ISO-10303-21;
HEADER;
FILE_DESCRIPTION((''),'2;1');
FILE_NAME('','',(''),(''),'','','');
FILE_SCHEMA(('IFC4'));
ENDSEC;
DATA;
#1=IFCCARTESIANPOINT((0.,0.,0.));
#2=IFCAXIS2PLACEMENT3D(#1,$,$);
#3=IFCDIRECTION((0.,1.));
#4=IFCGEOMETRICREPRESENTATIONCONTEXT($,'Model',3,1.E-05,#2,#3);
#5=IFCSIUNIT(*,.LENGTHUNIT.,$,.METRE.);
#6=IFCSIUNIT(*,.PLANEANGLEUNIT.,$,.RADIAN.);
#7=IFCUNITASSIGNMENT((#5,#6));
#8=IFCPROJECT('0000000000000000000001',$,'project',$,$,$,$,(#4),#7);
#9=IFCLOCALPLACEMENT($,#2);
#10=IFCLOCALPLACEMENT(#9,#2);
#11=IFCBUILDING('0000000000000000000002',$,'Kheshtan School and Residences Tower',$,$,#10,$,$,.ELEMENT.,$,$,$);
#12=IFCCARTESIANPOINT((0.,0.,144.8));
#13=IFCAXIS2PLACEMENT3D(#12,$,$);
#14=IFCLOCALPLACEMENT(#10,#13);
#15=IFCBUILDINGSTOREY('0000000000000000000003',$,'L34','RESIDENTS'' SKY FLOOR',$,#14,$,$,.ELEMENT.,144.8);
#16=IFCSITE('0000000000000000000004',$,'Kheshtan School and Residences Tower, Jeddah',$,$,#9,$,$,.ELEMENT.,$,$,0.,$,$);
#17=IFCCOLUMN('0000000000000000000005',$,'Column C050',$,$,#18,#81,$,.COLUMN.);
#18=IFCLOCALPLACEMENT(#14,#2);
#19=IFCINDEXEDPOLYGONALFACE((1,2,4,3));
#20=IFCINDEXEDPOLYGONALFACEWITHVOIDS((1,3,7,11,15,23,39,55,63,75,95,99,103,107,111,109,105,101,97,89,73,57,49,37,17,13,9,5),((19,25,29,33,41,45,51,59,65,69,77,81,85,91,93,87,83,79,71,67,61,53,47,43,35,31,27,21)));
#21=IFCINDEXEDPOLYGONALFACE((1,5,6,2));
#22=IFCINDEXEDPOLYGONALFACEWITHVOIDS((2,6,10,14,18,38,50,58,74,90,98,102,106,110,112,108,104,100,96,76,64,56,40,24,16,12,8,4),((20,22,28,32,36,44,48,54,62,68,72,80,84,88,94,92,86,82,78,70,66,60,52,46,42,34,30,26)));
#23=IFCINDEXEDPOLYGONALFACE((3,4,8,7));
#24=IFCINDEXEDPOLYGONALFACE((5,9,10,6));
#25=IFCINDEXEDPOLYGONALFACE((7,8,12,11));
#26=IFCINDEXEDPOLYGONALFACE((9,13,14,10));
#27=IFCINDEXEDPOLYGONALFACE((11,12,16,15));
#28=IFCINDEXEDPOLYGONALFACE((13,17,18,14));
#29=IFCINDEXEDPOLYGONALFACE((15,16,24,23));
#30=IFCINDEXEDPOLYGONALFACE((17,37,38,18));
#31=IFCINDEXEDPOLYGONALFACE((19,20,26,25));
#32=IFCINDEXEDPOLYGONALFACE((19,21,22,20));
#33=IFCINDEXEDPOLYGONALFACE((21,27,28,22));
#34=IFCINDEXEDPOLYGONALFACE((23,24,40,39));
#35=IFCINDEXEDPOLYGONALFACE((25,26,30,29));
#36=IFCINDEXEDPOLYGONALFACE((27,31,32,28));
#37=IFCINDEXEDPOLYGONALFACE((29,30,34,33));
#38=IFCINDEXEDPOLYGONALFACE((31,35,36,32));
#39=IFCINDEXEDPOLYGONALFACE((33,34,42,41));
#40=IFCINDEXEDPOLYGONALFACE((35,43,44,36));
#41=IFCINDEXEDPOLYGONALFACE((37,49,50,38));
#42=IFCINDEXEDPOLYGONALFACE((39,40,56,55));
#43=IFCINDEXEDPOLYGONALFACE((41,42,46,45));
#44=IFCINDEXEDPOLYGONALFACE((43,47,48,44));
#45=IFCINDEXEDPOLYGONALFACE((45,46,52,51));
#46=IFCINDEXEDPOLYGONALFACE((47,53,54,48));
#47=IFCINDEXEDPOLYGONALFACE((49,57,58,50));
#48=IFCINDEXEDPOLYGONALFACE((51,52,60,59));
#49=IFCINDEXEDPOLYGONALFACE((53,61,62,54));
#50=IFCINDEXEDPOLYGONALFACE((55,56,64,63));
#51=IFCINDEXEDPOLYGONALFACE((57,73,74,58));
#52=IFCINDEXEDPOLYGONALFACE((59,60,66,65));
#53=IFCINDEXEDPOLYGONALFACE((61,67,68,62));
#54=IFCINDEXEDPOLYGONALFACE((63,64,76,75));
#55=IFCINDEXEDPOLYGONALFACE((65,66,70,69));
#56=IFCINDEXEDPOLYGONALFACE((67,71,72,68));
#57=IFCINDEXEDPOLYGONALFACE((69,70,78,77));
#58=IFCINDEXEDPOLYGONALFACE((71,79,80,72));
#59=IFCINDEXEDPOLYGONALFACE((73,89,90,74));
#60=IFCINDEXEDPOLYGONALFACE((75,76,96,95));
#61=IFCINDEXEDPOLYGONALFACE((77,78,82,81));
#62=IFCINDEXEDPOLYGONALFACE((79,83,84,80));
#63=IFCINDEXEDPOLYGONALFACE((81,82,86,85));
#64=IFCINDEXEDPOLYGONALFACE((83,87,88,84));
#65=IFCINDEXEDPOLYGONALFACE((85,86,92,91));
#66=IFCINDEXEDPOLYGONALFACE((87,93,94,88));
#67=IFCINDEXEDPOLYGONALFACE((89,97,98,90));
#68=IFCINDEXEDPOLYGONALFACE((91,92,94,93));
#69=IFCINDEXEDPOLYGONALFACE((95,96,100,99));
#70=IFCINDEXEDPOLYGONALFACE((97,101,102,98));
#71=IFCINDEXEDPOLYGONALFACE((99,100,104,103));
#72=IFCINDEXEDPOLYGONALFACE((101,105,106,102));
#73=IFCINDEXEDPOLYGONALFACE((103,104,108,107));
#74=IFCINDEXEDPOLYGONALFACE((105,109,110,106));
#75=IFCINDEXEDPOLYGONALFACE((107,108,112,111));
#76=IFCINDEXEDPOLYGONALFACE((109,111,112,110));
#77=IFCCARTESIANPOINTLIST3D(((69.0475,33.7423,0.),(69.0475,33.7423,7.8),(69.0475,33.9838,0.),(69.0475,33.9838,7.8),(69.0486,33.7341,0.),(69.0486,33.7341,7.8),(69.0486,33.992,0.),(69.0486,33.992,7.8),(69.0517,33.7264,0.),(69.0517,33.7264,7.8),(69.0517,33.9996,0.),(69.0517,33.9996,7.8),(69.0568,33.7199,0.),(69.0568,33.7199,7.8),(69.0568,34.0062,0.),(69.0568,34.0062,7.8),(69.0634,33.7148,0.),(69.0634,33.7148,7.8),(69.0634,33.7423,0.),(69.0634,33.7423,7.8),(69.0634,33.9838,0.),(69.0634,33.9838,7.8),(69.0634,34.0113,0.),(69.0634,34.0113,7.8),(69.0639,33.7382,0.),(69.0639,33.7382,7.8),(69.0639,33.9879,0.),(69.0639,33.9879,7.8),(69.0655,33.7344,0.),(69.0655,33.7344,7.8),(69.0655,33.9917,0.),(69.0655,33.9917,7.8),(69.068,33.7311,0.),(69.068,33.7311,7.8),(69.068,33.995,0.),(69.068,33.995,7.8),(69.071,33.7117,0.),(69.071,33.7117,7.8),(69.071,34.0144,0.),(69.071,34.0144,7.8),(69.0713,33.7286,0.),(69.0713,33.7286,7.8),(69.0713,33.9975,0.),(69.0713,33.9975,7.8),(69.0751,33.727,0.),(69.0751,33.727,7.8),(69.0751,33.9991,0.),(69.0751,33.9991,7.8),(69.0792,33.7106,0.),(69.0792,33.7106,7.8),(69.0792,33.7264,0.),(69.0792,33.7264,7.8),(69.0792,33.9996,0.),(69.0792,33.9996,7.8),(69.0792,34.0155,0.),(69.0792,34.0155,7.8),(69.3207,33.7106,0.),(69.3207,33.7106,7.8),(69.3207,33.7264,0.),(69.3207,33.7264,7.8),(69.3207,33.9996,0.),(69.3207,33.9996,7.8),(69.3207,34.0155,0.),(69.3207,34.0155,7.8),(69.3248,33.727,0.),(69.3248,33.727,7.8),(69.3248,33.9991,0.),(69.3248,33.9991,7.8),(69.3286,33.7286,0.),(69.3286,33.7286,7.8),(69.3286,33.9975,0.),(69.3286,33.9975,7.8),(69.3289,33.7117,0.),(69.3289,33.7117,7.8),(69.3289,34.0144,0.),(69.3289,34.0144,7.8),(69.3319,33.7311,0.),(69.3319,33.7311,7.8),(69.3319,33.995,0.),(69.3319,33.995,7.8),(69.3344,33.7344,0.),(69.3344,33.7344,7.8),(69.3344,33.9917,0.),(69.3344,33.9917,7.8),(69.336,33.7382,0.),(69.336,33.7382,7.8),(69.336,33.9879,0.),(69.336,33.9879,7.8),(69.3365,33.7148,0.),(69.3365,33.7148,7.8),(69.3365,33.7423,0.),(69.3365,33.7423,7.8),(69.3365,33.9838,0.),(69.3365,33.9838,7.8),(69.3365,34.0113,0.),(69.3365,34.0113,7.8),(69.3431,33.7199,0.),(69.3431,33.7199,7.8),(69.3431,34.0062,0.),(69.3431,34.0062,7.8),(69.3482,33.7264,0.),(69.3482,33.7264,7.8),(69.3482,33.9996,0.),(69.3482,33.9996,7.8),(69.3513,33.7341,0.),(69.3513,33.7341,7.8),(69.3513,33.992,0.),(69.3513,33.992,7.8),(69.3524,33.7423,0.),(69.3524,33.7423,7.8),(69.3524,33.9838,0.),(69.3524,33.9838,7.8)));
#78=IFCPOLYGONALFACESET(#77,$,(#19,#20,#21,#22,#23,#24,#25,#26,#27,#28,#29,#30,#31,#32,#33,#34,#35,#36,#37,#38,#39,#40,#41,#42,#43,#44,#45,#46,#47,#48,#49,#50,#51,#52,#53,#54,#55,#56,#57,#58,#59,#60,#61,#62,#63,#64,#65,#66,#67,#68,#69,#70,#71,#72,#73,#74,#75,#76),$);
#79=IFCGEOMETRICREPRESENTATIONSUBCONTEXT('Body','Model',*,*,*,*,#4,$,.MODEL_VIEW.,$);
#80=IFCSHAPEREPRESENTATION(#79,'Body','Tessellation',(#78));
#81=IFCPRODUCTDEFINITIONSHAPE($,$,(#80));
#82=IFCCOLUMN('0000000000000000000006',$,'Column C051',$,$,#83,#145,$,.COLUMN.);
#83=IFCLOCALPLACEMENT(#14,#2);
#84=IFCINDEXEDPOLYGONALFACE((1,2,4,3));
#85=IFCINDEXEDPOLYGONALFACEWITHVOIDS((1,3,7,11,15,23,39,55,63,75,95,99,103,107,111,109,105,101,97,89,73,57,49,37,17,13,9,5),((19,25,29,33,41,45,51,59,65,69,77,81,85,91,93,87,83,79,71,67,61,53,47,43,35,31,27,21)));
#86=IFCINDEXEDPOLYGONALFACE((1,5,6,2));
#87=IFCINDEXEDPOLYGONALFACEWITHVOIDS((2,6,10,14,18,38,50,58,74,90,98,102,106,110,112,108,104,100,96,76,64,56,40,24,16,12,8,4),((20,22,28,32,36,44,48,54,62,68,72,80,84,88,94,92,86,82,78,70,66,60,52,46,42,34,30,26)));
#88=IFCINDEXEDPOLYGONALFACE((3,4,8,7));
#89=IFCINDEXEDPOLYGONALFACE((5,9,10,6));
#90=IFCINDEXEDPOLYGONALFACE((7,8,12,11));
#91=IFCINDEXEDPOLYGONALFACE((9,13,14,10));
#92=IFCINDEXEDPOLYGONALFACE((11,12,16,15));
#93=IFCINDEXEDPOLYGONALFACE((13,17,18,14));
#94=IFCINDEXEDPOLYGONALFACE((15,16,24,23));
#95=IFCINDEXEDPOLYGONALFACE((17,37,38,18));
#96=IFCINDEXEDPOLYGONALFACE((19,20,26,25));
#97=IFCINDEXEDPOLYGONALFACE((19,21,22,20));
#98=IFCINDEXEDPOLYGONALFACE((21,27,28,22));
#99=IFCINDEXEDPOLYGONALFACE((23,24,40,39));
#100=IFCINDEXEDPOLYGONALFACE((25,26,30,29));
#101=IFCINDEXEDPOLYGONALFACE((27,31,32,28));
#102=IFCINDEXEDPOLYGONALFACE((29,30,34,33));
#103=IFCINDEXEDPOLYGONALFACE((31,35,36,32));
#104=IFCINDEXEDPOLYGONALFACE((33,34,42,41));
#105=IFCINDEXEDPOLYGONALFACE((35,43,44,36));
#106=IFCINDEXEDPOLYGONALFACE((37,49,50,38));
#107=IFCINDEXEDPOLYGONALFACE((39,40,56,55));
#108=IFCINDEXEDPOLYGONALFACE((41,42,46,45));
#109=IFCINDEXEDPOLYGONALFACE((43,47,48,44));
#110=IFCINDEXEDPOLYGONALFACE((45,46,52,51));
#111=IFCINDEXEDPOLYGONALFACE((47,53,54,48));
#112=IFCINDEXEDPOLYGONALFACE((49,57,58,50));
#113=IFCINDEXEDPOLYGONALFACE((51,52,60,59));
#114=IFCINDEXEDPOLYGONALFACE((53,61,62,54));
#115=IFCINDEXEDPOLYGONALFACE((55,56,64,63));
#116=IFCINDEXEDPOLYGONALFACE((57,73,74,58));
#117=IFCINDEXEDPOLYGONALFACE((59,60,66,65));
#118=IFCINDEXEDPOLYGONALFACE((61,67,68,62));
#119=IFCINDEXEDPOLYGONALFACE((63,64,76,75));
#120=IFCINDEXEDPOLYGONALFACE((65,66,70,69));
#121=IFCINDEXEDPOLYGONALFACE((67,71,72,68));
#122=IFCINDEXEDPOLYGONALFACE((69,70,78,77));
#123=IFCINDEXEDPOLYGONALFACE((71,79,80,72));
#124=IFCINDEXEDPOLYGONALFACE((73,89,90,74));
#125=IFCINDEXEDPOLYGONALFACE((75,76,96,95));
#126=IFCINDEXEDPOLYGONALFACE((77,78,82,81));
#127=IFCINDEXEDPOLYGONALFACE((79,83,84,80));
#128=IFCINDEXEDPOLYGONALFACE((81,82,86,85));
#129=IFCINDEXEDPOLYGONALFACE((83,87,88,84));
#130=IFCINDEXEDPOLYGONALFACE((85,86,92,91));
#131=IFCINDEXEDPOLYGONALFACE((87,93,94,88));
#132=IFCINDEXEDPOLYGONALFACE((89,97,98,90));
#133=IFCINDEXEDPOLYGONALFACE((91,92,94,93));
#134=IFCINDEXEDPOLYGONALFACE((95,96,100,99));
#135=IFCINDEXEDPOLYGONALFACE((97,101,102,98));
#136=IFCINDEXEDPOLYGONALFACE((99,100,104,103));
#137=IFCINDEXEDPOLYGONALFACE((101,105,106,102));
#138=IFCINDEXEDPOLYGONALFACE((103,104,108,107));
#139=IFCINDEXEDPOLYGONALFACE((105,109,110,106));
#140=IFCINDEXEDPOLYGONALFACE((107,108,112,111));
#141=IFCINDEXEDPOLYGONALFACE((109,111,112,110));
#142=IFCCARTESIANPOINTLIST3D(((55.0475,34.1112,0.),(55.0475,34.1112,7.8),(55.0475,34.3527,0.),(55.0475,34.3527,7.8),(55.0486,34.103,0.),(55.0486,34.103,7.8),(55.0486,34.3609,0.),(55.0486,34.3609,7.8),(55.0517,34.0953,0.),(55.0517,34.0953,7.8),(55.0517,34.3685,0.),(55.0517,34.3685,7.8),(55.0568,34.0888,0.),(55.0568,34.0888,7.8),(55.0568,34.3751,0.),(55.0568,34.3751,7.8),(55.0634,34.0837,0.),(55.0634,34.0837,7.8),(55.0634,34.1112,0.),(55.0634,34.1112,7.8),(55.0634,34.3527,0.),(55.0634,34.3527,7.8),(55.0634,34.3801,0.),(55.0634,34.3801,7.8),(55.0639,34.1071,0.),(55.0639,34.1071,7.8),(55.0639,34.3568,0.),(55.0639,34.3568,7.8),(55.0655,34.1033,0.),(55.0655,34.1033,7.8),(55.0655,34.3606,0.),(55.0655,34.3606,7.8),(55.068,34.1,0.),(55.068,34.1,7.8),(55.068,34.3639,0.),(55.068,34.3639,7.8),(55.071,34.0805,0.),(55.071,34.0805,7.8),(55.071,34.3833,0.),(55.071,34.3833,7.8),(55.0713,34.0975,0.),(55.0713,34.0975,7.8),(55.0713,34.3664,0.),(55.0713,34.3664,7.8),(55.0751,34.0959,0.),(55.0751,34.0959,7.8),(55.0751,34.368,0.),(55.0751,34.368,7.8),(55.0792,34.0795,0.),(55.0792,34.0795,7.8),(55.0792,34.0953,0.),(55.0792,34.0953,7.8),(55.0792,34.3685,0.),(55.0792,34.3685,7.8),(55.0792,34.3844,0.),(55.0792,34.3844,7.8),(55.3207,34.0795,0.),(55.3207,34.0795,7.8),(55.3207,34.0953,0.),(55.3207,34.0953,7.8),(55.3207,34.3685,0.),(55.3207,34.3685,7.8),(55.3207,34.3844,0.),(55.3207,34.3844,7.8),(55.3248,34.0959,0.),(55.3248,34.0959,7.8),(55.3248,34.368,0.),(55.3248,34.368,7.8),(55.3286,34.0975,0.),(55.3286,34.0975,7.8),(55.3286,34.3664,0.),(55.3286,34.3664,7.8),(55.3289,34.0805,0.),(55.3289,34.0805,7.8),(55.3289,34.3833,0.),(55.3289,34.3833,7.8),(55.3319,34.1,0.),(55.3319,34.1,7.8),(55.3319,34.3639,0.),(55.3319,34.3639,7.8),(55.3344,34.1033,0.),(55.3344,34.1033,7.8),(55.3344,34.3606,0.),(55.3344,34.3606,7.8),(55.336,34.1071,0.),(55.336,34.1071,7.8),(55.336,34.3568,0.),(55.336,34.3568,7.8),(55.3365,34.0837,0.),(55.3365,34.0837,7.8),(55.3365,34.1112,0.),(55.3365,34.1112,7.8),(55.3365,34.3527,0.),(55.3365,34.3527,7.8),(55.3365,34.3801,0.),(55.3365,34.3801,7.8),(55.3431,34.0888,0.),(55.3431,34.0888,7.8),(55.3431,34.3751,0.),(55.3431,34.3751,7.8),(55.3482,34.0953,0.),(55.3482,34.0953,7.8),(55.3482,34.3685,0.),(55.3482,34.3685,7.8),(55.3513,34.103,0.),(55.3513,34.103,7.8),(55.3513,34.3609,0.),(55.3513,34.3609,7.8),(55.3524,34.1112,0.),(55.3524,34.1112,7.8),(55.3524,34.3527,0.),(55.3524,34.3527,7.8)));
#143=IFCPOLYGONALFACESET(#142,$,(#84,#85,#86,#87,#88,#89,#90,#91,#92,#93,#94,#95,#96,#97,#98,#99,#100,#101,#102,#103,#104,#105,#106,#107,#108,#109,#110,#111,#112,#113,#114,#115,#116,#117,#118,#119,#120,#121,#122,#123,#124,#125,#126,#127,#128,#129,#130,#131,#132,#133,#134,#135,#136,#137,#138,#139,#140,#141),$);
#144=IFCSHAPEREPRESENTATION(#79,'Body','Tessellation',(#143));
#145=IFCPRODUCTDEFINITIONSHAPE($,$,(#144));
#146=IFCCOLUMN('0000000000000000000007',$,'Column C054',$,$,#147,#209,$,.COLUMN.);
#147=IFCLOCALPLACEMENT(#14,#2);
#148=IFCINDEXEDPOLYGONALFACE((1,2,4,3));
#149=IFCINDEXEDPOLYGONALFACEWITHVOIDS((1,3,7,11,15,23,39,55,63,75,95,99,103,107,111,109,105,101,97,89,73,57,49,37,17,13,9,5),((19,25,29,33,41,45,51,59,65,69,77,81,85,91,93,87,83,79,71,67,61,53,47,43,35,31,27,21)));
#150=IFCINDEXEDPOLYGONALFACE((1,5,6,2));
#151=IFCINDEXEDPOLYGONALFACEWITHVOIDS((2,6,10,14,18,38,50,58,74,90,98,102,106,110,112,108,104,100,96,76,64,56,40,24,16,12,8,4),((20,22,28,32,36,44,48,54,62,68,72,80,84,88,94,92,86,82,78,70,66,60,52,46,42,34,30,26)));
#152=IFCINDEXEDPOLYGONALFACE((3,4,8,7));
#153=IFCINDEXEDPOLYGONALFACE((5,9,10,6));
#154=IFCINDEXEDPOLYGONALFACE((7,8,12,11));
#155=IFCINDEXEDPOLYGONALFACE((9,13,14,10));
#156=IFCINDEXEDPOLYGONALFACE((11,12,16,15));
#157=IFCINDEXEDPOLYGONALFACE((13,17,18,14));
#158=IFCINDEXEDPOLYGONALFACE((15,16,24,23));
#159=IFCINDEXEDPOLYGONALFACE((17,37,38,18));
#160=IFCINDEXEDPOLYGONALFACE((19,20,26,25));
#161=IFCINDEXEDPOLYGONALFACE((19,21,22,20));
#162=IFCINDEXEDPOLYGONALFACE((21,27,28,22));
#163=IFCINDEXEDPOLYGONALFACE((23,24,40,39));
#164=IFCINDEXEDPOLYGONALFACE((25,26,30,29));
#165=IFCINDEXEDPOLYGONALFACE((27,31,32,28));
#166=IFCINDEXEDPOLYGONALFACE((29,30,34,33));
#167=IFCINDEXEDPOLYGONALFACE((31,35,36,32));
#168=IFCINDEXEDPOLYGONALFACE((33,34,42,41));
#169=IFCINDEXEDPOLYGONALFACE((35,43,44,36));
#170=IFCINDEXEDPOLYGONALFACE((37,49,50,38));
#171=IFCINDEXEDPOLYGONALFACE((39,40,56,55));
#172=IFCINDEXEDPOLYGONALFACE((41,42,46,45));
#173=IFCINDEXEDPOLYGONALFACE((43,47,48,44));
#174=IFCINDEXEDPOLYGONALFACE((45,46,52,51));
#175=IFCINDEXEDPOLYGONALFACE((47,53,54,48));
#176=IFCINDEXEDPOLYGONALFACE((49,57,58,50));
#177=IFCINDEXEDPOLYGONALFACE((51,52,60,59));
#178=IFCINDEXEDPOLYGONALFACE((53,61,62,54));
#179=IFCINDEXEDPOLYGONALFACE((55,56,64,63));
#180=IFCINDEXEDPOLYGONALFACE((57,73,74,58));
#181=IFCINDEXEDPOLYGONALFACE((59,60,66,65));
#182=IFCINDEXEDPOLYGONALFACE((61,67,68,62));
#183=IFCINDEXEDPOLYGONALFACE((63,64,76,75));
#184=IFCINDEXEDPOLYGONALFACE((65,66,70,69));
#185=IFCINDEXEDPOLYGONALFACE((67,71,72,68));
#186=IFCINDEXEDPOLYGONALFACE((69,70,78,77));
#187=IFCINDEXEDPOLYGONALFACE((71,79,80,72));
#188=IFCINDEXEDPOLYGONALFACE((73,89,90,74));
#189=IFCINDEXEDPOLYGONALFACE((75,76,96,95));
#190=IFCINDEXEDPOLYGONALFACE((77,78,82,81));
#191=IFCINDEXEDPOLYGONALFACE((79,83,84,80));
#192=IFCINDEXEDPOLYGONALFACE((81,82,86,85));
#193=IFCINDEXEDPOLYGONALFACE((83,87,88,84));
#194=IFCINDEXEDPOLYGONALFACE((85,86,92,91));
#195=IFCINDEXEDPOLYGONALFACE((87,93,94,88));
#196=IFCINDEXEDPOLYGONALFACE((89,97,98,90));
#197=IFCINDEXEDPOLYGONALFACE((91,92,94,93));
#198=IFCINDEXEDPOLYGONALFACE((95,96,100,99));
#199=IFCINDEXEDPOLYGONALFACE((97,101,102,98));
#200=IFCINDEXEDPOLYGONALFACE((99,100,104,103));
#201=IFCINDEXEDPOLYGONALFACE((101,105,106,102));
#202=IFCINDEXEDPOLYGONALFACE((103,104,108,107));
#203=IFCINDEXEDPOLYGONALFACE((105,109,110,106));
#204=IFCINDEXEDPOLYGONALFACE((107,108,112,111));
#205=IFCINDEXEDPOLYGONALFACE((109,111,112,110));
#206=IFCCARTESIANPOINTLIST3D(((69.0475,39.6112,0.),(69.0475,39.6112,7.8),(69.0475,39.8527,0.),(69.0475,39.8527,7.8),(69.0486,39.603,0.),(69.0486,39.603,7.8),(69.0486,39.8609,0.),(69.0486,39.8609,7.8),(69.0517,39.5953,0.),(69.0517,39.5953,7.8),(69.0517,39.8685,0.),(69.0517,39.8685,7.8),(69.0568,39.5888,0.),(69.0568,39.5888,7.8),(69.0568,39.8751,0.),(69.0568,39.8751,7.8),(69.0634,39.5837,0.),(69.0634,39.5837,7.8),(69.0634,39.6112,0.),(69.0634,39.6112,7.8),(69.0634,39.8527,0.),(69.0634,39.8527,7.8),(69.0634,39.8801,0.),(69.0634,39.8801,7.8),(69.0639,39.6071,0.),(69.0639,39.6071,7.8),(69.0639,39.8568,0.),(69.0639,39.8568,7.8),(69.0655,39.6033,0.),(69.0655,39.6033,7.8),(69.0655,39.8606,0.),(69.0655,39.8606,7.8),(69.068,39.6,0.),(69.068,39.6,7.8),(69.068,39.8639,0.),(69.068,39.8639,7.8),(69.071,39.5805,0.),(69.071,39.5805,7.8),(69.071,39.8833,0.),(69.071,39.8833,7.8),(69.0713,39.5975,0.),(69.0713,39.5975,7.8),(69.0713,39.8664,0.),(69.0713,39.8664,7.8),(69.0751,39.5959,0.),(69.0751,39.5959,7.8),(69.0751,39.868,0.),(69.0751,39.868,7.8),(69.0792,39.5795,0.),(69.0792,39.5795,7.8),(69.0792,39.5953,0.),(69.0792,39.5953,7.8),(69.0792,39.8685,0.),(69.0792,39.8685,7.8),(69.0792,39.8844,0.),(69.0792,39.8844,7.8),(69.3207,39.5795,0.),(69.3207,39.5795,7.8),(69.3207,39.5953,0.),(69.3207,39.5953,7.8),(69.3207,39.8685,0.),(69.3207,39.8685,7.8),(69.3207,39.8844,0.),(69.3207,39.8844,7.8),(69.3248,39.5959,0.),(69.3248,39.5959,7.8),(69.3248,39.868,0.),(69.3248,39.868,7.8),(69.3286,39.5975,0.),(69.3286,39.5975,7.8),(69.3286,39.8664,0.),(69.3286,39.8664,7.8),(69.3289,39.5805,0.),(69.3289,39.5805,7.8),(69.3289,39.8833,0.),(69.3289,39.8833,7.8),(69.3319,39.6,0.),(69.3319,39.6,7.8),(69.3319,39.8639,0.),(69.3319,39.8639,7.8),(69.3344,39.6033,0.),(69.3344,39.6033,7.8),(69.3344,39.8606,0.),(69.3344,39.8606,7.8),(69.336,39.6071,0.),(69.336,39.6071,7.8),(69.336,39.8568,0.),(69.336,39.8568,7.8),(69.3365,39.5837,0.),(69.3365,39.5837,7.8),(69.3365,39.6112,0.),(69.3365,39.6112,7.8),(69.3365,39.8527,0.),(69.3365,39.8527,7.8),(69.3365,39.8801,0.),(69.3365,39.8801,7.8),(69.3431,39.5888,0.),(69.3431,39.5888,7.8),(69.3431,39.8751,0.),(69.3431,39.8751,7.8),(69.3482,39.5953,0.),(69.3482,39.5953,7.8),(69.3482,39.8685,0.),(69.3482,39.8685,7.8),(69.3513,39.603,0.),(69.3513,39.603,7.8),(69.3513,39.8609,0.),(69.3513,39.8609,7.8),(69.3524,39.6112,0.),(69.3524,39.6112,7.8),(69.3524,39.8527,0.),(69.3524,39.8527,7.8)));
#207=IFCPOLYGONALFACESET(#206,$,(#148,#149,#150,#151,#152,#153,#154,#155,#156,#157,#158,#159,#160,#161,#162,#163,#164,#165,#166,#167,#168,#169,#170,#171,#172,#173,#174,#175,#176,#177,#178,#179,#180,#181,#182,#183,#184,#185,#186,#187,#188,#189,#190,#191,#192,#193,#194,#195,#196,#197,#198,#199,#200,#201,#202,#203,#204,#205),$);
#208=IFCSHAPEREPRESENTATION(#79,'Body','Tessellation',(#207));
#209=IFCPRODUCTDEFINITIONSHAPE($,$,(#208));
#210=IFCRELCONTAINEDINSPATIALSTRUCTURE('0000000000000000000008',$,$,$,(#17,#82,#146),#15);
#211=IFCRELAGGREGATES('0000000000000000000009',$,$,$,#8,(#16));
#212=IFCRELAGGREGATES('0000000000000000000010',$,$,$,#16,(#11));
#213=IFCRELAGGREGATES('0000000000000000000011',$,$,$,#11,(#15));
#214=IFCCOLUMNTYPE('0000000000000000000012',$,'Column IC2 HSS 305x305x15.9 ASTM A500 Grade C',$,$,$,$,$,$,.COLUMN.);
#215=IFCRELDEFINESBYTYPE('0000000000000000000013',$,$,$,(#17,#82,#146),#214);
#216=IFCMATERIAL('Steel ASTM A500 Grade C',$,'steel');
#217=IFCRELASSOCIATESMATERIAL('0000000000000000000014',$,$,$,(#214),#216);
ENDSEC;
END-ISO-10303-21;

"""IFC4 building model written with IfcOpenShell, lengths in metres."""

from ifc_helpers import new_model, si_unit, direction, frame, origin, origin_2d, place, context, subcontext, project, spatial, hollow_rectangle, extrude, material, material_profile, profile_set, type_object, element, save


model = new_model("IFC4")

# Units and contexts
model_context = context("Model", 3, precision=1e-05, world=origin(), true_north=direction((0.0, 1.0)))
body_context = subcontext(model_context, "Body", "Model", "MODEL_VIEW")
ifc_project = project(units=[si_unit("LENGTHUNIT", "METRE"), si_unit("PLANEANGLEUNIT", "RADIAN")], contexts=[model_context])

# Site, building, storey
site_placement = place(None, origin())
site = spatial("IfcSite", under=ifc_project, at=site_placement, Name="Kheshtan School and Residences Tower, Jeddah", CompositionType="ELEMENT", RefElevation=0.0)
building_placement = place(site_placement, origin())
building = spatial("IfcBuilding", under=site, at=building_placement, Name="Kheshtan School and Residences Tower", CompositionType="ELEMENT")
storey_placement = place(building_placement, frame((0.0, 0.0, 144.8)))
storey = spatial("IfcBuildingStorey", under=building, at=storey_placement, Name="L34", Description="RESIDENTS' SKY FLOOR", CompositionType="ELEMENT", Elevation=144.8)

# Columns
ifc_material_1 = material(Name="Steel ASTM A500 Grade C", Category="steel")
ifc_material_profile_1 = material_profile(ifc_material_1, hollow_rectangle(XDim=0.3049, YDim=0.3049, WallThickness=0.0159, InnerFilletRadius=0.0159, OuterFilletRadius=0.0317, at=origin_2d()), Name="HSS 305x305x15.9")
ifc_profile_set_1 = profile_set([ifc_material_profile_1], Name="Steel ASTM A500 Grade C")
column_type = type_object("IfcColumnType", Name="Column IC2 HSS 305x305x15.9 ASTM A500 Grade C", PredefinedType="COLUMN", material=ifc_profile_set_1)
for number, where, z_axis, x_axis, name in (
    (1, (69.2, 33.863, 0.0), (0.0, 0.0, 1.0), (1.0, 0.0, 0.0), "Column C050"),
    (2, (55.2, 34.2319, 0.0), (0.0, 0.0, 1.0), (1.0, 0.0, 0.0), "Column C051"),
    (3, (69.2, 39.7319, 0.0), (0.0, 0.0, 1.0), (1.0, 0.0, 0.0), "Column C054"),
):
    element("IfcColumn", number, at=place(storey_placement, frame(where, z_axis=z_axis, x_axis=x_axis)), inside=storey, type_object=column_type, Name=name, PredefinedType="COLUMN", context=body_context, shape_type="SweptSolid", body=[
        extrude(hollow_rectangle(XDim=0.3049, YDim=0.3049, WallThickness=0.0159, InnerFilletRadius=0.0159, OuterFilletRadius=0.0317, at=origin_2d()), origin(), (0.0, 0.0, 1.0), 7.8),
    ])

save(model, "model.ifc")
